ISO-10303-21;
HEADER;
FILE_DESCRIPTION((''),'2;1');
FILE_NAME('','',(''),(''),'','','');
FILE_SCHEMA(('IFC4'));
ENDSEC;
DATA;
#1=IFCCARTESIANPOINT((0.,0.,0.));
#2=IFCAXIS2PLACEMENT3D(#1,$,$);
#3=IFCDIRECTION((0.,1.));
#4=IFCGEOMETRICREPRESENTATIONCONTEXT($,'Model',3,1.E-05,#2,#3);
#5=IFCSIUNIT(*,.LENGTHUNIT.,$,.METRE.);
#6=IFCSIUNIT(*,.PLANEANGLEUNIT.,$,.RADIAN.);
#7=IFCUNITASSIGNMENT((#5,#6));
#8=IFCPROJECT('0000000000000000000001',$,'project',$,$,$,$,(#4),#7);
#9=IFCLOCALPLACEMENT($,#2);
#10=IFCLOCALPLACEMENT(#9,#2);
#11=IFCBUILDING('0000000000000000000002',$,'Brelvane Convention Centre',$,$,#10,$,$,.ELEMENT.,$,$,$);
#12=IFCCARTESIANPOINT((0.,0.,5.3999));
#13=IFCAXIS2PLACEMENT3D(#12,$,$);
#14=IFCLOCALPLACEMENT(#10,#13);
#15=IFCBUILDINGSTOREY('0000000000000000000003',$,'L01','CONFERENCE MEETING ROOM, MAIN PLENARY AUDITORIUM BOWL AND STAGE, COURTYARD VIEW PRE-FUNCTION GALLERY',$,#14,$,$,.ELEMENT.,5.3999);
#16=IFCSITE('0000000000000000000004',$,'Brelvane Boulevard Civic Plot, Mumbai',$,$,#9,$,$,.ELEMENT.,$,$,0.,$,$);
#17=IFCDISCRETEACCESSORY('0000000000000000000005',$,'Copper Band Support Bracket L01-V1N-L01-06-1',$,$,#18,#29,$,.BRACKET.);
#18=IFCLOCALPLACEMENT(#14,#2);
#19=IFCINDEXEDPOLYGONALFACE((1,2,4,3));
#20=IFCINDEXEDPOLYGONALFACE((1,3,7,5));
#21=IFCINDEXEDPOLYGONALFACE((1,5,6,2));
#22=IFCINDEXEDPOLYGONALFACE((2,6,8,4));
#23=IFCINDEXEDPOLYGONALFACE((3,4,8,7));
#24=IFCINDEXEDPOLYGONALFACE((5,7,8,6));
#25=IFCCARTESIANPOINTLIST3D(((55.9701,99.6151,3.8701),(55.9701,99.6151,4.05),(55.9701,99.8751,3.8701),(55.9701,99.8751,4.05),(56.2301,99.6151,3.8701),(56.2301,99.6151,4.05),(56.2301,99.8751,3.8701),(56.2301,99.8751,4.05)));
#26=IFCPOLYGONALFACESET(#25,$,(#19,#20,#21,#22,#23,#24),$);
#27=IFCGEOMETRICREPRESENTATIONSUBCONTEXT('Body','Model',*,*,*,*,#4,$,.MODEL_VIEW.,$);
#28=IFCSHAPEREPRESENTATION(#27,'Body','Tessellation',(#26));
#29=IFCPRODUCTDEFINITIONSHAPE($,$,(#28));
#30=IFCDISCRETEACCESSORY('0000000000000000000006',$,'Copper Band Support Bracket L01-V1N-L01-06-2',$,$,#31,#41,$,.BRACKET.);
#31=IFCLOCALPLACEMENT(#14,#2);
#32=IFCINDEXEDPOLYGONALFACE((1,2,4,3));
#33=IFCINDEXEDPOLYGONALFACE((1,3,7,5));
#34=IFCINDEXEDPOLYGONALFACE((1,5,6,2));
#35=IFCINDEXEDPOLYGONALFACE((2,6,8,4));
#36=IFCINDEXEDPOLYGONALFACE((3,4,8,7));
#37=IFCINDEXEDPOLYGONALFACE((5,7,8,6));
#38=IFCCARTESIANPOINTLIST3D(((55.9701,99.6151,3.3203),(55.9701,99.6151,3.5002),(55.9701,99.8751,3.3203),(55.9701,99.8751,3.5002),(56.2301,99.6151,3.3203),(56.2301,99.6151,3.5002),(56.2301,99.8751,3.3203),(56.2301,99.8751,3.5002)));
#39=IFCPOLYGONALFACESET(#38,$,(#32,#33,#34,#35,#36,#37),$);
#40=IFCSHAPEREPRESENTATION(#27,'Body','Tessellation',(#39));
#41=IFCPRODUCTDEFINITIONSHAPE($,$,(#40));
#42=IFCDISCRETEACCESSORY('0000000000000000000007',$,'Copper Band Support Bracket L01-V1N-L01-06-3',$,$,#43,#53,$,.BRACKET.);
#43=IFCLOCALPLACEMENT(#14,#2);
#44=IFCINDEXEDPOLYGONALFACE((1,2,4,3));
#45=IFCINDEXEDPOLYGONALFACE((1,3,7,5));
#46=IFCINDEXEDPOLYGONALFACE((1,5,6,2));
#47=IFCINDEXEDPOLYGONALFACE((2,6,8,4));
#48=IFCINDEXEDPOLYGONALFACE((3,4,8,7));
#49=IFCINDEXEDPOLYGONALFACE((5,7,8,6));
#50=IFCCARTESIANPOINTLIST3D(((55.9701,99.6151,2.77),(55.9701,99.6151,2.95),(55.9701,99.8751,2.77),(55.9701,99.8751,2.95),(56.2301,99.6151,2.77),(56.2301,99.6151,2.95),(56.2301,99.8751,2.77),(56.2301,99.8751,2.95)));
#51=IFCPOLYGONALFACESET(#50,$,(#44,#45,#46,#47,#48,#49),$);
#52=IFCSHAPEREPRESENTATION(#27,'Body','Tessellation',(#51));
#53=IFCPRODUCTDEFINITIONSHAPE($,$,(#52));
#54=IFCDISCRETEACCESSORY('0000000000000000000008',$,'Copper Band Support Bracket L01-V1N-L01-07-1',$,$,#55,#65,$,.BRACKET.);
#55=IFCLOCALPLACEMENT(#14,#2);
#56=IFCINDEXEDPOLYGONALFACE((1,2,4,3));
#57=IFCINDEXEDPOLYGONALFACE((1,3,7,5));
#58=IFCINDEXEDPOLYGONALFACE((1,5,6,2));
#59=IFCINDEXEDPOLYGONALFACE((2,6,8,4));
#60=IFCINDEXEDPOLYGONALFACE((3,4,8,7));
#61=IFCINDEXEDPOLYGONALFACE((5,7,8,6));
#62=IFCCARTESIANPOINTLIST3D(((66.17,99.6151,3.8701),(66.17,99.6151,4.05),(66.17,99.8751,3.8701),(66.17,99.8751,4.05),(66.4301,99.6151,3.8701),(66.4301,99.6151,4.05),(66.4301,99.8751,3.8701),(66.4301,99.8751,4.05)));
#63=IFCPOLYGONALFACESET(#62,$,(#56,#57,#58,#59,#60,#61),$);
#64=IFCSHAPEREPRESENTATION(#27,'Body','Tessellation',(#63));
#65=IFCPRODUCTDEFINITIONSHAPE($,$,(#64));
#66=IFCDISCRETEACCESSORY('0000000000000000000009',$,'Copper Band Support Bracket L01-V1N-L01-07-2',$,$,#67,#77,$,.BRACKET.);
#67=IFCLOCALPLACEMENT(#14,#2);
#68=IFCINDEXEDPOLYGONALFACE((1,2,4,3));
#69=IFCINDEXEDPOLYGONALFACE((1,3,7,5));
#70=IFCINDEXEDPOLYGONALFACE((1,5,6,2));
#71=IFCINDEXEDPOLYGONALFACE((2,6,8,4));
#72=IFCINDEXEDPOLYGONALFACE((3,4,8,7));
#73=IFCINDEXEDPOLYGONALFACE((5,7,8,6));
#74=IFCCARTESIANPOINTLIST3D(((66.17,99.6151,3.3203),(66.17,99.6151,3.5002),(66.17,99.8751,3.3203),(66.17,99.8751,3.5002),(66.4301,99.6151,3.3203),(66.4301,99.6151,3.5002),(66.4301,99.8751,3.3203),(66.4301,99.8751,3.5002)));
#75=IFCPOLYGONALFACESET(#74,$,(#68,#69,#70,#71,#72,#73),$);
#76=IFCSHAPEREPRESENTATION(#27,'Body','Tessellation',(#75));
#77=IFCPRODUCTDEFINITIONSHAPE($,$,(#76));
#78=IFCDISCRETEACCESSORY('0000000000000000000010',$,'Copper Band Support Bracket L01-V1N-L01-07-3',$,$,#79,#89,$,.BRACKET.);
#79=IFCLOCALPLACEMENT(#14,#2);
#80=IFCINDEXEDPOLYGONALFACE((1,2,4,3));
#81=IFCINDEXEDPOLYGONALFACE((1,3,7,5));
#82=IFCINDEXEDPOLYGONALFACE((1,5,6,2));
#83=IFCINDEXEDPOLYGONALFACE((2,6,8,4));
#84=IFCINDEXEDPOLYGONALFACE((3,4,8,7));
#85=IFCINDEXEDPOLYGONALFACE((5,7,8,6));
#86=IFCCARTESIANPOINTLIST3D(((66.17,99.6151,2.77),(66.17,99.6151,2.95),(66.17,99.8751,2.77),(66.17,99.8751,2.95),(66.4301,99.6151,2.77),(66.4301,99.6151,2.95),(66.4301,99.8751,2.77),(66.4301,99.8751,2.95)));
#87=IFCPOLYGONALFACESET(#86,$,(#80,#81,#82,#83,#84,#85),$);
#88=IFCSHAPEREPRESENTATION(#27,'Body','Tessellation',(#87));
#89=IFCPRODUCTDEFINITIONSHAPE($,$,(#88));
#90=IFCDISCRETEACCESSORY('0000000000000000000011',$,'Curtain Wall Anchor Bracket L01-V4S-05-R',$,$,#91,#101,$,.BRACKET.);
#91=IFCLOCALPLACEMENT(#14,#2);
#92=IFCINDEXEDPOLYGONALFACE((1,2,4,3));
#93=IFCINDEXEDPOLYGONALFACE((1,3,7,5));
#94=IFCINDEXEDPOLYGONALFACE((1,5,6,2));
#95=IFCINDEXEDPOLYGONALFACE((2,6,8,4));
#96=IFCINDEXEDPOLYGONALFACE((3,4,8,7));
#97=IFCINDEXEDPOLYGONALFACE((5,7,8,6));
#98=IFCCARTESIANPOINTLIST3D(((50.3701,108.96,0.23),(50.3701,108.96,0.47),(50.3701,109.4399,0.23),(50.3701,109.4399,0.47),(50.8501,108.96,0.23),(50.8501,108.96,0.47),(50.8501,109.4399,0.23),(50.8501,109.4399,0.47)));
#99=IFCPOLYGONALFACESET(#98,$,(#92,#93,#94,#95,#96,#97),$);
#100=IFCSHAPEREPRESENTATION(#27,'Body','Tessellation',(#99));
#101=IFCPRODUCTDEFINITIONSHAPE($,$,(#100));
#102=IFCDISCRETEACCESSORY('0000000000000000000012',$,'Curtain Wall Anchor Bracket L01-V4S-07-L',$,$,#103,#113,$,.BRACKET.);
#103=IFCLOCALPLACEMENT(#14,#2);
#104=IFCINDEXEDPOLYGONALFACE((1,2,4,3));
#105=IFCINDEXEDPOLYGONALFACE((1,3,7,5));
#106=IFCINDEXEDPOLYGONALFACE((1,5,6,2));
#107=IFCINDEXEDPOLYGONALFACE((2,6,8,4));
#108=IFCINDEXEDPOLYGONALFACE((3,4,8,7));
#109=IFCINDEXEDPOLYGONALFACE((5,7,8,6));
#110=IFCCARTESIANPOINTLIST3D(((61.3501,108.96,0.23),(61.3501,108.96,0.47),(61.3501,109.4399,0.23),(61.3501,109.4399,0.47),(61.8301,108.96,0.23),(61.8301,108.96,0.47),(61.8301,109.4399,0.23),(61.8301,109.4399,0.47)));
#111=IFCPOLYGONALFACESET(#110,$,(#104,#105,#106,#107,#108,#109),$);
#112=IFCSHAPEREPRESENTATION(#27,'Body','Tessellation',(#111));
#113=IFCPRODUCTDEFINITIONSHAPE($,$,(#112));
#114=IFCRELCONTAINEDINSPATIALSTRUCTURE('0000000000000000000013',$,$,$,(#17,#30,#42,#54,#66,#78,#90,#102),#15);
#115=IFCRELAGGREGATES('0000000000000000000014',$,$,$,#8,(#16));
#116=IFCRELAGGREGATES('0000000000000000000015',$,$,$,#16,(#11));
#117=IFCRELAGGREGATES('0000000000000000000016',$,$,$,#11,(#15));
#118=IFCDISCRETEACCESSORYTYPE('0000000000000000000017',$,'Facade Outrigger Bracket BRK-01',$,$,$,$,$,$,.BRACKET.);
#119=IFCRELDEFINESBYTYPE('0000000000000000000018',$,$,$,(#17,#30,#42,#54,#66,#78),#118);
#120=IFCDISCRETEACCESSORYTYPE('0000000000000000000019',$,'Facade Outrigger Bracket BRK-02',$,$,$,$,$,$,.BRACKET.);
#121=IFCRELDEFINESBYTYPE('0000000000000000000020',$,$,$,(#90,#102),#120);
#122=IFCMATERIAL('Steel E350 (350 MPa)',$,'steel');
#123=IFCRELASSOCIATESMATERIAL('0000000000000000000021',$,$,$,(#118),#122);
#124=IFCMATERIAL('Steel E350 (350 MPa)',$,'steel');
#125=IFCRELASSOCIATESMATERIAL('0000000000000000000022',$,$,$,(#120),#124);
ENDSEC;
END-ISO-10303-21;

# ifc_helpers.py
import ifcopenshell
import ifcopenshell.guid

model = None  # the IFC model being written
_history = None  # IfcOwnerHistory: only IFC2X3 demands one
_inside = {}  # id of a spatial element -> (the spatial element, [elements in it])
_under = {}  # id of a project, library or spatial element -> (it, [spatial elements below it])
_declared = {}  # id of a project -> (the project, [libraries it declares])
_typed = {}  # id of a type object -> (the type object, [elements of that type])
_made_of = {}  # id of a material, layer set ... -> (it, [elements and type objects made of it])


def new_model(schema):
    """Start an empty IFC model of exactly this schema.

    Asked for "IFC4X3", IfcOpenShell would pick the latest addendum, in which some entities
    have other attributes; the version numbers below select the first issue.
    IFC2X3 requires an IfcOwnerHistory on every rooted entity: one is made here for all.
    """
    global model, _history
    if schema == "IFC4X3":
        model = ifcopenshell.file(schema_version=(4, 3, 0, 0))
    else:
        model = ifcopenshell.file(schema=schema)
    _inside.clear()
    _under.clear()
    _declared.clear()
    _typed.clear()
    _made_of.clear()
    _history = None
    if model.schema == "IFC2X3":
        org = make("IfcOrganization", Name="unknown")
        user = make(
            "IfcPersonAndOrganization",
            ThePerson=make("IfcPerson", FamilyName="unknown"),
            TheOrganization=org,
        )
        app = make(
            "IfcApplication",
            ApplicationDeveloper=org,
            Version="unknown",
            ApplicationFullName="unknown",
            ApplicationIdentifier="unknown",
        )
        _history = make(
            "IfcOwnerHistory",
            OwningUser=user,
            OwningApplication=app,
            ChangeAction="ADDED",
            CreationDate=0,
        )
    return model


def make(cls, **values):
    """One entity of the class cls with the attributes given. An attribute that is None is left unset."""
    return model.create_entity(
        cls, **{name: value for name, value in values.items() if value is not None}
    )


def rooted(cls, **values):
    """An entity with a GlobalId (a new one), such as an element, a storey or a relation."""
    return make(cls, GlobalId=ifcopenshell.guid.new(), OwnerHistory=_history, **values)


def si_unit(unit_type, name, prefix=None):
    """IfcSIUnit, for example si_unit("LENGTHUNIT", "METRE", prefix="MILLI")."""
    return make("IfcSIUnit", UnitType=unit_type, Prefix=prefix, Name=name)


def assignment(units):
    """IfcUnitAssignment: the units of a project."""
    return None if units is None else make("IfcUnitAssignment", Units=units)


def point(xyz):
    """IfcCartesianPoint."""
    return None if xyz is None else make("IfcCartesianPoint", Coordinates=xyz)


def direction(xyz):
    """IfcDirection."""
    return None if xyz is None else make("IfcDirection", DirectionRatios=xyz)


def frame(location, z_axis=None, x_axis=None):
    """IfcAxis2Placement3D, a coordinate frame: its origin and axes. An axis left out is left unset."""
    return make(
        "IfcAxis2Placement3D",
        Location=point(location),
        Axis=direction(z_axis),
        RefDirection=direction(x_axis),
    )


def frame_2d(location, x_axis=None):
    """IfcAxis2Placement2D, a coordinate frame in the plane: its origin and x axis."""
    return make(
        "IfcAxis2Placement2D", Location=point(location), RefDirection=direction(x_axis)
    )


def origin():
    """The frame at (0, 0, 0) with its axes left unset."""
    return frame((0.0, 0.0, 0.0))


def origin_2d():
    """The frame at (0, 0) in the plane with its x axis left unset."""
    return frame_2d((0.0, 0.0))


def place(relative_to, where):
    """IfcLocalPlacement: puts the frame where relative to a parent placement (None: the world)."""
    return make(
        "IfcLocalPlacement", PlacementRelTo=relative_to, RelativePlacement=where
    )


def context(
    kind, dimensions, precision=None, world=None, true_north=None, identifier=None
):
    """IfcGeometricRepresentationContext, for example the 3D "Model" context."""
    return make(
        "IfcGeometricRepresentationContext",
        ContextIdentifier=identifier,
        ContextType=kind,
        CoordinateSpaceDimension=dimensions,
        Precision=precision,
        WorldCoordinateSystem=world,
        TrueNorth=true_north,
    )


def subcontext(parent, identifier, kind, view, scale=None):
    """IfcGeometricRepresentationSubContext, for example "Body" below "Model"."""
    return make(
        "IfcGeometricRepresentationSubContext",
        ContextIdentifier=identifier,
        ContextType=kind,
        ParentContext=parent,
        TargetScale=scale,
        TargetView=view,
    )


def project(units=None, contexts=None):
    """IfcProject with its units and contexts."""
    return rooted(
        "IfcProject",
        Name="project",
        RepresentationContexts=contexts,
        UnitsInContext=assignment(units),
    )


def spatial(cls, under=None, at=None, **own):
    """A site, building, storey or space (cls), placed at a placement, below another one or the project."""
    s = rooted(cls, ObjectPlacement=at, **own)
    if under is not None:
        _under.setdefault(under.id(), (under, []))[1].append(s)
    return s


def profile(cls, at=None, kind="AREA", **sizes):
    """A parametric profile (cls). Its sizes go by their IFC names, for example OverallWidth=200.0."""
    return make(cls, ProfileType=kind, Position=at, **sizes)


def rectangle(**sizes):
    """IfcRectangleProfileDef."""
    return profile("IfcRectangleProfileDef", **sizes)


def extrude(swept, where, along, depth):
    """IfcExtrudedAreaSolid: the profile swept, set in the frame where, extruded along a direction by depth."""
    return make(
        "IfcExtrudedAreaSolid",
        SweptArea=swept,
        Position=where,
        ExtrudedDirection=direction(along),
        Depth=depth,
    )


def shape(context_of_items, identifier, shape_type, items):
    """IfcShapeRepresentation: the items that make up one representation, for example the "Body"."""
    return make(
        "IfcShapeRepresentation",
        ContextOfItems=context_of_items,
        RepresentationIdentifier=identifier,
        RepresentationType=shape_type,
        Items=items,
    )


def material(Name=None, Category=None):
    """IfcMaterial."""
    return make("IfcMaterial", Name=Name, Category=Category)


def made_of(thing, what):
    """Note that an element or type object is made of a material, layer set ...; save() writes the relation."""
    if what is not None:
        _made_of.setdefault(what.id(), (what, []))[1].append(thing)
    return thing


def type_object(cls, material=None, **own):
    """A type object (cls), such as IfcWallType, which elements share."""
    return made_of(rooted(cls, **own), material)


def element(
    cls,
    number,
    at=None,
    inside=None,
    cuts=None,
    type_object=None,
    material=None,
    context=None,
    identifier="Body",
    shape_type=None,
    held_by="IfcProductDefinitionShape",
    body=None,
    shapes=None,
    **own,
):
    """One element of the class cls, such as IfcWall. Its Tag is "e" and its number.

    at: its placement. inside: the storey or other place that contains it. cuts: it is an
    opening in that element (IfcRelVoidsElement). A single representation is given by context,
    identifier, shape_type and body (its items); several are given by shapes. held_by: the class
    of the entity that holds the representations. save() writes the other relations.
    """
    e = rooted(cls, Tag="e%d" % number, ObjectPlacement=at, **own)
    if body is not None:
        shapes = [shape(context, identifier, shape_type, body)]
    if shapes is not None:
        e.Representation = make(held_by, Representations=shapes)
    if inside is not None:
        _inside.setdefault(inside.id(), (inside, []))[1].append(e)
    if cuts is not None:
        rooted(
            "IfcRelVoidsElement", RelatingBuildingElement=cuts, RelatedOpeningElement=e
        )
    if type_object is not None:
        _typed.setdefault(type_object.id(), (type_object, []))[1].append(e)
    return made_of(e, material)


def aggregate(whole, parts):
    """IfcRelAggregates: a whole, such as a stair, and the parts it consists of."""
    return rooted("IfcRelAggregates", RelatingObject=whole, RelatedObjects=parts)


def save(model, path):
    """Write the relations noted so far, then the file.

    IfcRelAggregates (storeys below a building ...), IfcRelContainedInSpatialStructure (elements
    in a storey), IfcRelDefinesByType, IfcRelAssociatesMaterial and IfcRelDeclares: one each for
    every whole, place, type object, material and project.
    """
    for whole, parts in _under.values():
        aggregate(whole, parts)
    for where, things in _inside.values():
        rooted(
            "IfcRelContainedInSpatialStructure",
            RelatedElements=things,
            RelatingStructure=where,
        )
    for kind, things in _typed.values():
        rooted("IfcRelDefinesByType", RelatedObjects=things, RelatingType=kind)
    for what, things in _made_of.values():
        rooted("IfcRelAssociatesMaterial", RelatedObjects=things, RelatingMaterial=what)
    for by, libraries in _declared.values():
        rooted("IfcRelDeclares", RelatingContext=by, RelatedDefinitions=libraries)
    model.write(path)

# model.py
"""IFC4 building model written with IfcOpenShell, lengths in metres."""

from ifc_helpers import new_model, si_unit, direction, frame, origin, origin_2d, place, context, subcontext, project, spatial, rectangle, extrude, material, type_object, element, save


model = new_model("IFC4")

# Units and contexts
model_context = context("Model", 3, precision=1e-05, world=origin(), true_north=direction((0.0, 1.0)))
body_context = subcontext(model_context, "Body", "Model", "MODEL_VIEW")
ifc_project = project(units=[si_unit("LENGTHUNIT", "METRE"), si_unit("PLANEANGLEUNIT", "RADIAN")], contexts=[model_context])

# Site, building, storey
site_placement = place(None, origin())
site = spatial("IfcSite", under=ifc_project, at=site_placement, Name="Brelvane Boulevard Civic Plot, Mumbai", CompositionType="ELEMENT", RefElevation=0.0)
building_placement = place(site_placement, origin())
building = spatial("IfcBuilding", under=site, at=building_placement, Name="Brelvane Convention Centre", CompositionType="ELEMENT")
storey_placement = place(building_placement, frame((0.0, 0.0, 5.3999)))
storey = spatial("IfcBuildingStorey", under=building, at=storey_placement, Name="L01", Description="CONFERENCE MEETING ROOM, MAIN PLENARY AUDITORIUM BOWL AND STAGE, COURTYARD VIEW PRE-FUNCTION GALLERY", CompositionType="ELEMENT", Elevation=5.3999)

# Discrete accessories
ifc_material_1 = material(Name="Steel E350 (350 MPa)", Category="steel")
discrete_accessory_type_1 = type_object("IfcDiscreteAccessoryType", Name="Facade Outrigger Bracket BRK-01", PredefinedType="BRACKET", material=ifc_material_1)
for number, where, z_axis, x_axis, name in (
    (1, (56.1001, 99.7451, 3.8701), (0.0, 0.0, 1.0), (1.0, 0.0, 0.0), "Copper Band Support Bracket L01-V1N-L01-06-1"),
    (2, (56.1001, 99.7451, 3.3203), (0.0, 0.0, 1.0), (1.0, 0.0, 0.0), "Copper Band Support Bracket L01-V1N-L01-06-2"),
    (3, (56.1001, 99.7451, 2.77), (0.0, 0.0, 1.0), (1.0, 0.0, 0.0), "Copper Band Support Bracket L01-V1N-L01-06-3"),
    (4, (66.3, 99.7451, 3.8701), (0.0, 0.0, 1.0), (1.0, 0.0, 0.0), "Copper Band Support Bracket L01-V1N-L01-07-1"),
    (5, (66.3, 99.7451, 3.3203), (0.0, 0.0, 1.0), (1.0, 0.0, 0.0), "Copper Band Support Bracket L01-V1N-L01-07-2"),
    (6, (66.3, 99.7451, 2.77), (0.0, 0.0, 1.0), (1.0, 0.0, 0.0), "Copper Band Support Bracket L01-V1N-L01-07-3"),
):
    element("IfcDiscreteAccessory", number, at=place(storey_placement, frame(where, z_axis=z_axis, x_axis=x_axis)), inside=storey, type_object=discrete_accessory_type_1, Name=name, PredefinedType="BRACKET", context=body_context, shape_type="SweptSolid", body=[
        extrude(rectangle(XDim=0.26, YDim=0.26, at=origin_2d()), origin(), (0.0, 0.0, 1.0), 0.1799),
    ])
ifc_material_2 = material(Name="Steel E350 (350 MPa)", Category="steel")
discrete_accessory_type_2 = type_object("IfcDiscreteAccessoryType", Name="Facade Outrigger Bracket BRK-02", PredefinedType="BRACKET", material=ifc_material_2)
for number, where, z_axis, x_axis, name in (
    (7, (50.6101, 109.2, 0.23), (0.0, 0.0, 1.0), (1.0, 0.0, 0.0), "Curtain Wall Anchor Bracket L01-V4S-05-R"),
    (8, (61.5901, 109.2, 0.23), (0.0, 0.0, 1.0), (1.0, 0.0, 0.0), "Curtain Wall Anchor Bracket L01-V4S-07-L"),
):
    element("IfcDiscreteAccessory", number, at=place(storey_placement, frame(where, z_axis=z_axis, x_axis=x_axis)), inside=storey, type_object=discrete_accessory_type_2, Name=name, PredefinedType="BRACKET", context=body_context, shape_type="SweptSolid", body=[
        extrude(rectangle(XDim=0.48, YDim=0.48, at=origin_2d()), origin(), (0.0, 0.0, 1.0), 0.24),
    ])

save(model, "model.ifc")
